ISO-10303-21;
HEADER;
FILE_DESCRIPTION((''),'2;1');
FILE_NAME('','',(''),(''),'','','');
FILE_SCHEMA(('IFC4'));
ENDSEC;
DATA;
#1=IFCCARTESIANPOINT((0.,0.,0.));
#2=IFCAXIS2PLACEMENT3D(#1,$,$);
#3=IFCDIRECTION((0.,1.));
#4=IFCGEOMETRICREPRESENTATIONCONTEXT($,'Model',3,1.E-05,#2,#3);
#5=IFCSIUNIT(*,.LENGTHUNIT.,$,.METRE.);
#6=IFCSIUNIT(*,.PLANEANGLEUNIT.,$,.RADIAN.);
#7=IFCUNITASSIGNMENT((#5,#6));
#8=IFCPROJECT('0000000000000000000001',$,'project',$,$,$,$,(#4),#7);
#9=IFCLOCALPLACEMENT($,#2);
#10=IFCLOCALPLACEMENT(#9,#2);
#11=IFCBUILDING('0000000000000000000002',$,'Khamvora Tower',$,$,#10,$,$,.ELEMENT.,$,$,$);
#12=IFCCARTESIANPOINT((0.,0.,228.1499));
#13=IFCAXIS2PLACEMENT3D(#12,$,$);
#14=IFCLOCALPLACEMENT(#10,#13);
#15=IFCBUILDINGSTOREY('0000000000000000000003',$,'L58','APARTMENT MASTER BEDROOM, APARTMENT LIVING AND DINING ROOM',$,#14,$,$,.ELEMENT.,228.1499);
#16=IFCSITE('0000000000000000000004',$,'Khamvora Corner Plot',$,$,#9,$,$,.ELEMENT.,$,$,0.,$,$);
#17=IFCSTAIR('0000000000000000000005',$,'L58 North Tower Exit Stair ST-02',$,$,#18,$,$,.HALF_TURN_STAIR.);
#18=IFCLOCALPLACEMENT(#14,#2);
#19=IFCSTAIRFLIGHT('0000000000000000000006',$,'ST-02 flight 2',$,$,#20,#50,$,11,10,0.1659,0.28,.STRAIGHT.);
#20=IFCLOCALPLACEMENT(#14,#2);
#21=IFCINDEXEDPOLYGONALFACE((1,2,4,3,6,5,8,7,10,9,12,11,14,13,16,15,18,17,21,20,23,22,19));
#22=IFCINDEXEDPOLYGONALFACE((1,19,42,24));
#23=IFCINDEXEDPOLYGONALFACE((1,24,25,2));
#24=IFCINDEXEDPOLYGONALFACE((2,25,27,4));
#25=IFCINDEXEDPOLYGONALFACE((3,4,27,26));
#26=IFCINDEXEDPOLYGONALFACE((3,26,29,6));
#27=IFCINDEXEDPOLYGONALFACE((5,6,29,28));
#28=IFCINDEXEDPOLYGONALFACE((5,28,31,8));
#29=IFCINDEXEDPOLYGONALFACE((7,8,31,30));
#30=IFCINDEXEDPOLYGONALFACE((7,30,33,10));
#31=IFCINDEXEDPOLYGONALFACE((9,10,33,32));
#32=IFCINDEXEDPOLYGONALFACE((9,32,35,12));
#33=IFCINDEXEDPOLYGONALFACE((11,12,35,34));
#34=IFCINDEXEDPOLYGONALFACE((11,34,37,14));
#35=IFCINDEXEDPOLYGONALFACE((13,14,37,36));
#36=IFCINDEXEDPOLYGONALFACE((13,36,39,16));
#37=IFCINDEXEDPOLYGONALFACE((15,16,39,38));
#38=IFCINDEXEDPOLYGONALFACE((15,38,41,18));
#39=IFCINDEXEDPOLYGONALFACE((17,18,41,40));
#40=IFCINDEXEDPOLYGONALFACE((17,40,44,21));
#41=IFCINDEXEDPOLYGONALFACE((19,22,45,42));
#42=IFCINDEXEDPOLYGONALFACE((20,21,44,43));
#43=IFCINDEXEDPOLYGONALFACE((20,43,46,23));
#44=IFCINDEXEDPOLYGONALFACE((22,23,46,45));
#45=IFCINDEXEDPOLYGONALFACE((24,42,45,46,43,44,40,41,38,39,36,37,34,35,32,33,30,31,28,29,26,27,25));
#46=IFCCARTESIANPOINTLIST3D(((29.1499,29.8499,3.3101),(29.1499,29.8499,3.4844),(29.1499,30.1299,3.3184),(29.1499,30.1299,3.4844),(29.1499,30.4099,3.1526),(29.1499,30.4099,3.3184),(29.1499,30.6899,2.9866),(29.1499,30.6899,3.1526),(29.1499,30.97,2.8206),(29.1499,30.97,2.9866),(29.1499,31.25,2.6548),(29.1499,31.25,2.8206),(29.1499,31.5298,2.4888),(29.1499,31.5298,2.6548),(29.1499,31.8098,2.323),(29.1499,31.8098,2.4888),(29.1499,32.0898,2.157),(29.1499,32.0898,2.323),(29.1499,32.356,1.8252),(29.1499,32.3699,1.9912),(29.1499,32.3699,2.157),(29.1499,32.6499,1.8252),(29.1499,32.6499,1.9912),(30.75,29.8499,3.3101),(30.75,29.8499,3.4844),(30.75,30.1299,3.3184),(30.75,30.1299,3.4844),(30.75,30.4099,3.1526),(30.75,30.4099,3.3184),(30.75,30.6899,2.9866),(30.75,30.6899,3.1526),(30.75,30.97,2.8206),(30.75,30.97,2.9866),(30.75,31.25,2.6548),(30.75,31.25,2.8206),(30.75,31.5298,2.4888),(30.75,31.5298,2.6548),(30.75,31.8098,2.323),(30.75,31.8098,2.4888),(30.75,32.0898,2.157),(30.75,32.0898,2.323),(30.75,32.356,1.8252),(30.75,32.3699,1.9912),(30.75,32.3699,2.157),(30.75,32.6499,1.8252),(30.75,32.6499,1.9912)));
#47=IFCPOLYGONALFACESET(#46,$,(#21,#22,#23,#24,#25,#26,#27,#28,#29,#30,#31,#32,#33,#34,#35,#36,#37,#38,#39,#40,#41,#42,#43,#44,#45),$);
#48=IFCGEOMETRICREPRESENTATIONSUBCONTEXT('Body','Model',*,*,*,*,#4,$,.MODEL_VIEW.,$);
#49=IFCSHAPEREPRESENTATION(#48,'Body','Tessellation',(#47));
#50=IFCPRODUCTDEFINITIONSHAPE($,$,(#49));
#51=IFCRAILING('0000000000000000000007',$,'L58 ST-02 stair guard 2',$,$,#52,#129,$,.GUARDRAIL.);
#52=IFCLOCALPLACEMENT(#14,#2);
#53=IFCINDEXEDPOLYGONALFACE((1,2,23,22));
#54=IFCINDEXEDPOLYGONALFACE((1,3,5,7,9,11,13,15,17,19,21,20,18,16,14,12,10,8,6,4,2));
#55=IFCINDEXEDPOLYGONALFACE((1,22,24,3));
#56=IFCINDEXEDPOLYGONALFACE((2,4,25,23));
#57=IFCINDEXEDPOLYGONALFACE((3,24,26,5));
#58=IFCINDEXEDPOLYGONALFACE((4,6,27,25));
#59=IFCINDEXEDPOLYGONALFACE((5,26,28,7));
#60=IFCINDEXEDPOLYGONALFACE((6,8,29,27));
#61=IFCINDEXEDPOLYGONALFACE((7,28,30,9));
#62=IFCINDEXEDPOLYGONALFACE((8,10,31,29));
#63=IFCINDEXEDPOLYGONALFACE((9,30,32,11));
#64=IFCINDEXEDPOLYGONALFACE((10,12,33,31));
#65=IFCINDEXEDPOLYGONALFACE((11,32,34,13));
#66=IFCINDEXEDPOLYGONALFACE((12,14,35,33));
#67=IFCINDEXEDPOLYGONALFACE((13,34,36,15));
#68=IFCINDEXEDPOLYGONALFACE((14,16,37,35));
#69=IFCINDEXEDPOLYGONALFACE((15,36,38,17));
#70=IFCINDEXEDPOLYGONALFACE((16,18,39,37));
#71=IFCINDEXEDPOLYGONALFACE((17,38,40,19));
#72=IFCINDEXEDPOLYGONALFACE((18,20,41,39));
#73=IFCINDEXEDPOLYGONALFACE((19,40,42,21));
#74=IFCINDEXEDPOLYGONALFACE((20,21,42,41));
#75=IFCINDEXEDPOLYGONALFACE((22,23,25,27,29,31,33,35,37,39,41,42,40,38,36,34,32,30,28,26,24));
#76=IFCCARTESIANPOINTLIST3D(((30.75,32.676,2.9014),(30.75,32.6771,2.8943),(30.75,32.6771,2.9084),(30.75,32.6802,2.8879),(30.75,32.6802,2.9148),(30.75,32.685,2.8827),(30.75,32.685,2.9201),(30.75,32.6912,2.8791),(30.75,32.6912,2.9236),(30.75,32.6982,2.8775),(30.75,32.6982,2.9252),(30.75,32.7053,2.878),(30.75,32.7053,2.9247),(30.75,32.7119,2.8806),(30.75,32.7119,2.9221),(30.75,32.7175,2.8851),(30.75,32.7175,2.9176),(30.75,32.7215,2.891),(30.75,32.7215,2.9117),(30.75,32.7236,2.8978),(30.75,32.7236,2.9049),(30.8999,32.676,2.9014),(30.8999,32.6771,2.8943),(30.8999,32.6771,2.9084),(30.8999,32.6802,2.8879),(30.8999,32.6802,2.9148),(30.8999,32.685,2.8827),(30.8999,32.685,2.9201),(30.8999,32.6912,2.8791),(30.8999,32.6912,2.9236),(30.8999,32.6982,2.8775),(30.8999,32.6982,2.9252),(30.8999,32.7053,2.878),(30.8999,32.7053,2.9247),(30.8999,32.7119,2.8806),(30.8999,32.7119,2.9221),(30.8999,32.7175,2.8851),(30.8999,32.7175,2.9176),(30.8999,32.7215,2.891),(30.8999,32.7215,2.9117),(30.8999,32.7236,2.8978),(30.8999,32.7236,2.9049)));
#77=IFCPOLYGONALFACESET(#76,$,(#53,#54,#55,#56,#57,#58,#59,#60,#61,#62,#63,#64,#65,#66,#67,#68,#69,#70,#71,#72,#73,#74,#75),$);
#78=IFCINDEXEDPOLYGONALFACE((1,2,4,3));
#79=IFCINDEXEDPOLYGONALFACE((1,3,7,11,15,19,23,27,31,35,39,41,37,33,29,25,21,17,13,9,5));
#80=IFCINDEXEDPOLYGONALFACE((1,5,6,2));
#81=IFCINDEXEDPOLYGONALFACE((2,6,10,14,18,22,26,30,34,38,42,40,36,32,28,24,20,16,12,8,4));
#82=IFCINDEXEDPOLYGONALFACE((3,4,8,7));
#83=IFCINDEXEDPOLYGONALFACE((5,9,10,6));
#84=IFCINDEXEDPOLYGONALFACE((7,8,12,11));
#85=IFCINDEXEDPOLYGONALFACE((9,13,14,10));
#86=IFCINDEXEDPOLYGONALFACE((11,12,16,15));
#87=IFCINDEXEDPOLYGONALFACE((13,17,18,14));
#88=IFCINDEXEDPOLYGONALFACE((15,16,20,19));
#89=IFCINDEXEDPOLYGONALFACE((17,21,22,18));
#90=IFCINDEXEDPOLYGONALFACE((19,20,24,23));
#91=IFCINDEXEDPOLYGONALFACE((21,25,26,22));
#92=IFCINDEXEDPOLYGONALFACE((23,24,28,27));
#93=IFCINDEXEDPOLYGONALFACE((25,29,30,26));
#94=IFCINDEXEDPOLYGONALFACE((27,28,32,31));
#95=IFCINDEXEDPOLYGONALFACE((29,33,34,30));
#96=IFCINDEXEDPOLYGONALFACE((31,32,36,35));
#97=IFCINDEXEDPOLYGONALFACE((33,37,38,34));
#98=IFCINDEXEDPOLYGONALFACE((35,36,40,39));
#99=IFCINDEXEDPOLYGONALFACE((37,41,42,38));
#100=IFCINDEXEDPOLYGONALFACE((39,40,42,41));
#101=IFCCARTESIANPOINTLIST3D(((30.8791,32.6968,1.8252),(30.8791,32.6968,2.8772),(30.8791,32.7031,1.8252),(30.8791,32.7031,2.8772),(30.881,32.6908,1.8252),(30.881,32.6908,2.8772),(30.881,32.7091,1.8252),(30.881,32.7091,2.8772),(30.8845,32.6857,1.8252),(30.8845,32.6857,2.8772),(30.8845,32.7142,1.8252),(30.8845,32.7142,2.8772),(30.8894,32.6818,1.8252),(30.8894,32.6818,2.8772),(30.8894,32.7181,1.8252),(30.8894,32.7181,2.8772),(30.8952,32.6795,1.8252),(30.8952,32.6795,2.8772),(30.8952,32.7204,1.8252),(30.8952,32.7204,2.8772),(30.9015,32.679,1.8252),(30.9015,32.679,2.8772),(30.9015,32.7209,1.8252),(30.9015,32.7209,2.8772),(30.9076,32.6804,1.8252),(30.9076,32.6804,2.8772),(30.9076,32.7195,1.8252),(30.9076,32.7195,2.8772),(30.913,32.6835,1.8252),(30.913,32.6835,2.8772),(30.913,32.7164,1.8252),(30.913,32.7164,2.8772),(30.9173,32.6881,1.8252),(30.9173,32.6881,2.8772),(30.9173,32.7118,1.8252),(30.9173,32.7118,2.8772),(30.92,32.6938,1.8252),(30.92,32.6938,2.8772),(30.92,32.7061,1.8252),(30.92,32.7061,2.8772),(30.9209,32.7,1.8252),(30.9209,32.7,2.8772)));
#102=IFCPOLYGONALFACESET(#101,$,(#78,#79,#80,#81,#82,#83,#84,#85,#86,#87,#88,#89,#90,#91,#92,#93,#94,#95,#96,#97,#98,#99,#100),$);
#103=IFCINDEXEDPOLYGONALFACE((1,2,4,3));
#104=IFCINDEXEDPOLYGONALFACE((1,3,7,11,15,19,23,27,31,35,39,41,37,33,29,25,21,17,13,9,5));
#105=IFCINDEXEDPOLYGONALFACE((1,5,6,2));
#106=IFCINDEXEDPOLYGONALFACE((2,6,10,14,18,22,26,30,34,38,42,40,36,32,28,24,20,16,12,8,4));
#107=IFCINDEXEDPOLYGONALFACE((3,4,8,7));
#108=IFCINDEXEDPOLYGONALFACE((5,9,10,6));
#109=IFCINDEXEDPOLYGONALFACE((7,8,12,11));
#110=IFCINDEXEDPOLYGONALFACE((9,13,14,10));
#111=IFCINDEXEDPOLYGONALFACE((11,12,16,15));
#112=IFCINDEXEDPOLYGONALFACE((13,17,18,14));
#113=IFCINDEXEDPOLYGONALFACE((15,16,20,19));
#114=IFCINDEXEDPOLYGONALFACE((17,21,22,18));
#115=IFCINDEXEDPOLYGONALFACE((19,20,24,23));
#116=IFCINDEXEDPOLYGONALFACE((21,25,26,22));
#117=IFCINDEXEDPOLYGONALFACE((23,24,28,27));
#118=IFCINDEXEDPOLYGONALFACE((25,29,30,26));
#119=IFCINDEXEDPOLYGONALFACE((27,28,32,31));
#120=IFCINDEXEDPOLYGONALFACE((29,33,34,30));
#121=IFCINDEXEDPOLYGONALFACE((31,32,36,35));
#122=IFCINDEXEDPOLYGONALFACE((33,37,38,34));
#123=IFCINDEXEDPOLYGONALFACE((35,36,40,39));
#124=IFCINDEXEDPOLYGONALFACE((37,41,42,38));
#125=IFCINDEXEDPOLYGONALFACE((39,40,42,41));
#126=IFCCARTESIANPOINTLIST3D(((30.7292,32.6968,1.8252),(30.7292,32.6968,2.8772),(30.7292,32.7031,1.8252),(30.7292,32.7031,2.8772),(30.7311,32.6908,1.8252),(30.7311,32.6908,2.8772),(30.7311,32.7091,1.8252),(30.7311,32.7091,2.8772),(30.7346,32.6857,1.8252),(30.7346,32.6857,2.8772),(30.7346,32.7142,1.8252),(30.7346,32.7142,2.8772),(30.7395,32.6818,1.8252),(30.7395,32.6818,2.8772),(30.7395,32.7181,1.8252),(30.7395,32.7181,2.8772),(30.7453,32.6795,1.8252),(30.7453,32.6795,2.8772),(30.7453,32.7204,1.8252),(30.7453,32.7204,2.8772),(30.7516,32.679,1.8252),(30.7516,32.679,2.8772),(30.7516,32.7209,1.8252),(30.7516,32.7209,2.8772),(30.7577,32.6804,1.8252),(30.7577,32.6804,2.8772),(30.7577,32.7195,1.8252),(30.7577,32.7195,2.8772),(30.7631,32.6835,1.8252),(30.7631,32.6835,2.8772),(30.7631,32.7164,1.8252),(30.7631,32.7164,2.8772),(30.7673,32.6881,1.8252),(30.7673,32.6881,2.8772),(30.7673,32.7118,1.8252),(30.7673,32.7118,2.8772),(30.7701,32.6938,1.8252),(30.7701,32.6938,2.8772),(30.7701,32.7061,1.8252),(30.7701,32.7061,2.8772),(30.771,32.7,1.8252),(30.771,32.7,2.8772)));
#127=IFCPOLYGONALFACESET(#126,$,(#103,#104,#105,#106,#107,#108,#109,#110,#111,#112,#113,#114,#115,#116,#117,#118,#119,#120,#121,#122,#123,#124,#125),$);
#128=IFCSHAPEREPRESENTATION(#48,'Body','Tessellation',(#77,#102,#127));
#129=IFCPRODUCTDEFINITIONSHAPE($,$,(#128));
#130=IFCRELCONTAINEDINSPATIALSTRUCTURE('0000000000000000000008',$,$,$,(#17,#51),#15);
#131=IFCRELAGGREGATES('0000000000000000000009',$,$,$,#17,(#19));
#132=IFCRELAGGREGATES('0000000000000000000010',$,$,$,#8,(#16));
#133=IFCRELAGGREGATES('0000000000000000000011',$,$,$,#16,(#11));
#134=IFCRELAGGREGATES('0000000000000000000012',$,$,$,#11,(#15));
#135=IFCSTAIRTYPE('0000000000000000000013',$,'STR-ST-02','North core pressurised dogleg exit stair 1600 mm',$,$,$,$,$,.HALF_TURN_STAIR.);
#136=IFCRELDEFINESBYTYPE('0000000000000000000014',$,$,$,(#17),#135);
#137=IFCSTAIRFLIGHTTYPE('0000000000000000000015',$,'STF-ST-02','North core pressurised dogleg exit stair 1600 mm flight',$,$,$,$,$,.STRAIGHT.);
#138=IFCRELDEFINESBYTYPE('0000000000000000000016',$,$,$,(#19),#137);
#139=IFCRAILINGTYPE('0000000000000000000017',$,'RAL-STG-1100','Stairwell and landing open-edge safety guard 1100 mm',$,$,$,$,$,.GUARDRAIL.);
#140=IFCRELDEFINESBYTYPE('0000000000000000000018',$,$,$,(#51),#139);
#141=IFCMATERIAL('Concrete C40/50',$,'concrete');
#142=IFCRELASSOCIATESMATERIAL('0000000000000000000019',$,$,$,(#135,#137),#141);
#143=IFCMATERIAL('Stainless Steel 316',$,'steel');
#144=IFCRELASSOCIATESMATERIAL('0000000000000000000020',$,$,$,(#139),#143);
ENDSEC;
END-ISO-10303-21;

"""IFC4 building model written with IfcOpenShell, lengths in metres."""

from ifc_helpers import new_model, si_unit, direction, frame, origin, origin_2d, place, context, subcontext, project, spatial, polyline, circle, outline, extrude, material, type_object, element, aggregate, save


model = new_model("IFC4")

# Units and contexts
model_context = context("Model", 3, precision=1e-05, world=origin(), true_north=direction((0.0, 1.0)))
body_context = subcontext(model_context, "Body", "Model", "MODEL_VIEW")
ifc_project = project(units=[si_unit("LENGTHUNIT", "METRE"), si_unit("PLANEANGLEUNIT", "RADIAN")], contexts=[model_context])

# Site, building, storey
site_placement = place(None, origin())
site = spatial("IfcSite", under=ifc_project, at=site_placement, Name="Khamvora Corner Plot", CompositionType="ELEMENT", RefElevation=0.0)
building_placement = place(site_placement, origin())
building = spatial("IfcBuilding", under=site, at=building_placement, Name="Khamvora Tower", CompositionType="ELEMENT")
storey_placement = place(building_placement, frame((0.0, 0.0, 228.1499)))
storey = spatial("IfcBuildingStorey", under=building, at=storey_placement, Name="L58", Description="APARTMENT MASTER BEDROOM, APARTMENT LIVING AND DINING ROOM", CompositionType="ELEMENT", Elevation=228.1499)

# Shared definitions
ifc_material_1 = material(Name="Concrete C40/50", Category="concrete")

# Stair, stair flight
stair_type = type_object("IfcStairType", Name="STR-ST-02", Description="North core pressurised dogleg exit stair 1600 mm", PredefinedType="HALF_TURN_STAIR", material=ifc_material_1)
stair_placement = place(storey_placement, origin())
stair = element("IfcStair", 1, at=stair_placement, inside=storey, type_object=stair_type, Name="L58 North Tower Exit Stair ST-02", PredefinedType="HALF_TURN_STAIR")
stair_flight_type = type_object("IfcStairFlightType", Name="STF-ST-02", Description="North core pressurised dogleg exit stair 1600 mm flight", PredefinedType="STRAIGHT", material=ifc_material_1)
stair_flight_placement = place(storey_placement, frame((29.95, 32.6499, 1.8252), z_axis=(0.0, 0.0, 1.0), x_axis=(0.0, -1.0, 0.0)))
stair_flight = element("IfcStairFlight", 2, at=stair_flight_placement, type_object=stair_flight_type, Name="ST-02 flight 2", NumberOfRisers=11, NumberOfTreads=10, PredefinedType="STRAIGHT", RiserHeight=0.1659, TreadLength=0.28, context=body_context, shape_type="SweptSolid", body=[
    extrude(outline(polyline([(0.0, 0.0), (0.0, 0.166), (0.28, 0.166), (0.28, 0.3318), (0.5601, 0.3318), (0.5601, 0.4978), (0.8401, 0.4978), (0.8401, 0.6636), (1.1201, 0.6636), (1.1201, 0.8296), (1.3999, 0.8296), (1.3999, 0.9954), (1.6799, 0.9954), (1.6799, 1.1614), (1.96, 1.1614), (1.96, 1.3274), (2.24, 1.3274), (2.24, 1.4932), (2.52, 1.4932), (2.52, 1.6592), (2.8, 1.6592), (2.8, 1.825), (2.8, 1.4849), (0.2939, 0.0), (0.0, 0.0)])), frame((0.0, 0.8, 0.0), z_axis=(0.0, -1.0, 0.0), x_axis=(1.0, 0.0, 0.0)), (0.0, 0.0, 1.0), 1.6001),
])
aggregate(stair, [stair_flight])

# Railing
ifc_material_2 = material(Name="Stainless Steel 316", Category="steel")
railing_type = type_object("IfcRailingType", Name="RAL-STG-1100", Description="Stairwell and landing open-edge safety guard 1100 mm", PredefinedType="GUARDRAIL", material=ifc_material_2)
railing_1_placement = place(storey_placement, frame((30.8999, 32.7, 1.8252)))
element("IfcRailing", 3, at=railing_1_placement, inside=storey, type_object=railing_type, Name="L58 ST-02 stair guard 2", PredefinedType="GUARDRAIL", context=body_context, shape_type="SweptSolid", body=[
    extrude(circle(Radius=0.0239, at=origin_2d()), frame((0.0, 0.0, 1.0762), z_axis=(-1.0, 0.0, 0.0), x_axis=(0.0, -1.0, 0.0)), (0.0, 0.0, 1.0), 0.1499),
    extrude(circle(Radius=0.021, at=origin_2d()), origin(), (0.0, 0.0, 1.0), 1.052),
    extrude(circle(Radius=0.021, at=origin_2d()), frame((-0.1499, 0.0, 0.0)), (0.0, 0.0, 1.0), 1.052),
])

save(model, "model.ifc")
